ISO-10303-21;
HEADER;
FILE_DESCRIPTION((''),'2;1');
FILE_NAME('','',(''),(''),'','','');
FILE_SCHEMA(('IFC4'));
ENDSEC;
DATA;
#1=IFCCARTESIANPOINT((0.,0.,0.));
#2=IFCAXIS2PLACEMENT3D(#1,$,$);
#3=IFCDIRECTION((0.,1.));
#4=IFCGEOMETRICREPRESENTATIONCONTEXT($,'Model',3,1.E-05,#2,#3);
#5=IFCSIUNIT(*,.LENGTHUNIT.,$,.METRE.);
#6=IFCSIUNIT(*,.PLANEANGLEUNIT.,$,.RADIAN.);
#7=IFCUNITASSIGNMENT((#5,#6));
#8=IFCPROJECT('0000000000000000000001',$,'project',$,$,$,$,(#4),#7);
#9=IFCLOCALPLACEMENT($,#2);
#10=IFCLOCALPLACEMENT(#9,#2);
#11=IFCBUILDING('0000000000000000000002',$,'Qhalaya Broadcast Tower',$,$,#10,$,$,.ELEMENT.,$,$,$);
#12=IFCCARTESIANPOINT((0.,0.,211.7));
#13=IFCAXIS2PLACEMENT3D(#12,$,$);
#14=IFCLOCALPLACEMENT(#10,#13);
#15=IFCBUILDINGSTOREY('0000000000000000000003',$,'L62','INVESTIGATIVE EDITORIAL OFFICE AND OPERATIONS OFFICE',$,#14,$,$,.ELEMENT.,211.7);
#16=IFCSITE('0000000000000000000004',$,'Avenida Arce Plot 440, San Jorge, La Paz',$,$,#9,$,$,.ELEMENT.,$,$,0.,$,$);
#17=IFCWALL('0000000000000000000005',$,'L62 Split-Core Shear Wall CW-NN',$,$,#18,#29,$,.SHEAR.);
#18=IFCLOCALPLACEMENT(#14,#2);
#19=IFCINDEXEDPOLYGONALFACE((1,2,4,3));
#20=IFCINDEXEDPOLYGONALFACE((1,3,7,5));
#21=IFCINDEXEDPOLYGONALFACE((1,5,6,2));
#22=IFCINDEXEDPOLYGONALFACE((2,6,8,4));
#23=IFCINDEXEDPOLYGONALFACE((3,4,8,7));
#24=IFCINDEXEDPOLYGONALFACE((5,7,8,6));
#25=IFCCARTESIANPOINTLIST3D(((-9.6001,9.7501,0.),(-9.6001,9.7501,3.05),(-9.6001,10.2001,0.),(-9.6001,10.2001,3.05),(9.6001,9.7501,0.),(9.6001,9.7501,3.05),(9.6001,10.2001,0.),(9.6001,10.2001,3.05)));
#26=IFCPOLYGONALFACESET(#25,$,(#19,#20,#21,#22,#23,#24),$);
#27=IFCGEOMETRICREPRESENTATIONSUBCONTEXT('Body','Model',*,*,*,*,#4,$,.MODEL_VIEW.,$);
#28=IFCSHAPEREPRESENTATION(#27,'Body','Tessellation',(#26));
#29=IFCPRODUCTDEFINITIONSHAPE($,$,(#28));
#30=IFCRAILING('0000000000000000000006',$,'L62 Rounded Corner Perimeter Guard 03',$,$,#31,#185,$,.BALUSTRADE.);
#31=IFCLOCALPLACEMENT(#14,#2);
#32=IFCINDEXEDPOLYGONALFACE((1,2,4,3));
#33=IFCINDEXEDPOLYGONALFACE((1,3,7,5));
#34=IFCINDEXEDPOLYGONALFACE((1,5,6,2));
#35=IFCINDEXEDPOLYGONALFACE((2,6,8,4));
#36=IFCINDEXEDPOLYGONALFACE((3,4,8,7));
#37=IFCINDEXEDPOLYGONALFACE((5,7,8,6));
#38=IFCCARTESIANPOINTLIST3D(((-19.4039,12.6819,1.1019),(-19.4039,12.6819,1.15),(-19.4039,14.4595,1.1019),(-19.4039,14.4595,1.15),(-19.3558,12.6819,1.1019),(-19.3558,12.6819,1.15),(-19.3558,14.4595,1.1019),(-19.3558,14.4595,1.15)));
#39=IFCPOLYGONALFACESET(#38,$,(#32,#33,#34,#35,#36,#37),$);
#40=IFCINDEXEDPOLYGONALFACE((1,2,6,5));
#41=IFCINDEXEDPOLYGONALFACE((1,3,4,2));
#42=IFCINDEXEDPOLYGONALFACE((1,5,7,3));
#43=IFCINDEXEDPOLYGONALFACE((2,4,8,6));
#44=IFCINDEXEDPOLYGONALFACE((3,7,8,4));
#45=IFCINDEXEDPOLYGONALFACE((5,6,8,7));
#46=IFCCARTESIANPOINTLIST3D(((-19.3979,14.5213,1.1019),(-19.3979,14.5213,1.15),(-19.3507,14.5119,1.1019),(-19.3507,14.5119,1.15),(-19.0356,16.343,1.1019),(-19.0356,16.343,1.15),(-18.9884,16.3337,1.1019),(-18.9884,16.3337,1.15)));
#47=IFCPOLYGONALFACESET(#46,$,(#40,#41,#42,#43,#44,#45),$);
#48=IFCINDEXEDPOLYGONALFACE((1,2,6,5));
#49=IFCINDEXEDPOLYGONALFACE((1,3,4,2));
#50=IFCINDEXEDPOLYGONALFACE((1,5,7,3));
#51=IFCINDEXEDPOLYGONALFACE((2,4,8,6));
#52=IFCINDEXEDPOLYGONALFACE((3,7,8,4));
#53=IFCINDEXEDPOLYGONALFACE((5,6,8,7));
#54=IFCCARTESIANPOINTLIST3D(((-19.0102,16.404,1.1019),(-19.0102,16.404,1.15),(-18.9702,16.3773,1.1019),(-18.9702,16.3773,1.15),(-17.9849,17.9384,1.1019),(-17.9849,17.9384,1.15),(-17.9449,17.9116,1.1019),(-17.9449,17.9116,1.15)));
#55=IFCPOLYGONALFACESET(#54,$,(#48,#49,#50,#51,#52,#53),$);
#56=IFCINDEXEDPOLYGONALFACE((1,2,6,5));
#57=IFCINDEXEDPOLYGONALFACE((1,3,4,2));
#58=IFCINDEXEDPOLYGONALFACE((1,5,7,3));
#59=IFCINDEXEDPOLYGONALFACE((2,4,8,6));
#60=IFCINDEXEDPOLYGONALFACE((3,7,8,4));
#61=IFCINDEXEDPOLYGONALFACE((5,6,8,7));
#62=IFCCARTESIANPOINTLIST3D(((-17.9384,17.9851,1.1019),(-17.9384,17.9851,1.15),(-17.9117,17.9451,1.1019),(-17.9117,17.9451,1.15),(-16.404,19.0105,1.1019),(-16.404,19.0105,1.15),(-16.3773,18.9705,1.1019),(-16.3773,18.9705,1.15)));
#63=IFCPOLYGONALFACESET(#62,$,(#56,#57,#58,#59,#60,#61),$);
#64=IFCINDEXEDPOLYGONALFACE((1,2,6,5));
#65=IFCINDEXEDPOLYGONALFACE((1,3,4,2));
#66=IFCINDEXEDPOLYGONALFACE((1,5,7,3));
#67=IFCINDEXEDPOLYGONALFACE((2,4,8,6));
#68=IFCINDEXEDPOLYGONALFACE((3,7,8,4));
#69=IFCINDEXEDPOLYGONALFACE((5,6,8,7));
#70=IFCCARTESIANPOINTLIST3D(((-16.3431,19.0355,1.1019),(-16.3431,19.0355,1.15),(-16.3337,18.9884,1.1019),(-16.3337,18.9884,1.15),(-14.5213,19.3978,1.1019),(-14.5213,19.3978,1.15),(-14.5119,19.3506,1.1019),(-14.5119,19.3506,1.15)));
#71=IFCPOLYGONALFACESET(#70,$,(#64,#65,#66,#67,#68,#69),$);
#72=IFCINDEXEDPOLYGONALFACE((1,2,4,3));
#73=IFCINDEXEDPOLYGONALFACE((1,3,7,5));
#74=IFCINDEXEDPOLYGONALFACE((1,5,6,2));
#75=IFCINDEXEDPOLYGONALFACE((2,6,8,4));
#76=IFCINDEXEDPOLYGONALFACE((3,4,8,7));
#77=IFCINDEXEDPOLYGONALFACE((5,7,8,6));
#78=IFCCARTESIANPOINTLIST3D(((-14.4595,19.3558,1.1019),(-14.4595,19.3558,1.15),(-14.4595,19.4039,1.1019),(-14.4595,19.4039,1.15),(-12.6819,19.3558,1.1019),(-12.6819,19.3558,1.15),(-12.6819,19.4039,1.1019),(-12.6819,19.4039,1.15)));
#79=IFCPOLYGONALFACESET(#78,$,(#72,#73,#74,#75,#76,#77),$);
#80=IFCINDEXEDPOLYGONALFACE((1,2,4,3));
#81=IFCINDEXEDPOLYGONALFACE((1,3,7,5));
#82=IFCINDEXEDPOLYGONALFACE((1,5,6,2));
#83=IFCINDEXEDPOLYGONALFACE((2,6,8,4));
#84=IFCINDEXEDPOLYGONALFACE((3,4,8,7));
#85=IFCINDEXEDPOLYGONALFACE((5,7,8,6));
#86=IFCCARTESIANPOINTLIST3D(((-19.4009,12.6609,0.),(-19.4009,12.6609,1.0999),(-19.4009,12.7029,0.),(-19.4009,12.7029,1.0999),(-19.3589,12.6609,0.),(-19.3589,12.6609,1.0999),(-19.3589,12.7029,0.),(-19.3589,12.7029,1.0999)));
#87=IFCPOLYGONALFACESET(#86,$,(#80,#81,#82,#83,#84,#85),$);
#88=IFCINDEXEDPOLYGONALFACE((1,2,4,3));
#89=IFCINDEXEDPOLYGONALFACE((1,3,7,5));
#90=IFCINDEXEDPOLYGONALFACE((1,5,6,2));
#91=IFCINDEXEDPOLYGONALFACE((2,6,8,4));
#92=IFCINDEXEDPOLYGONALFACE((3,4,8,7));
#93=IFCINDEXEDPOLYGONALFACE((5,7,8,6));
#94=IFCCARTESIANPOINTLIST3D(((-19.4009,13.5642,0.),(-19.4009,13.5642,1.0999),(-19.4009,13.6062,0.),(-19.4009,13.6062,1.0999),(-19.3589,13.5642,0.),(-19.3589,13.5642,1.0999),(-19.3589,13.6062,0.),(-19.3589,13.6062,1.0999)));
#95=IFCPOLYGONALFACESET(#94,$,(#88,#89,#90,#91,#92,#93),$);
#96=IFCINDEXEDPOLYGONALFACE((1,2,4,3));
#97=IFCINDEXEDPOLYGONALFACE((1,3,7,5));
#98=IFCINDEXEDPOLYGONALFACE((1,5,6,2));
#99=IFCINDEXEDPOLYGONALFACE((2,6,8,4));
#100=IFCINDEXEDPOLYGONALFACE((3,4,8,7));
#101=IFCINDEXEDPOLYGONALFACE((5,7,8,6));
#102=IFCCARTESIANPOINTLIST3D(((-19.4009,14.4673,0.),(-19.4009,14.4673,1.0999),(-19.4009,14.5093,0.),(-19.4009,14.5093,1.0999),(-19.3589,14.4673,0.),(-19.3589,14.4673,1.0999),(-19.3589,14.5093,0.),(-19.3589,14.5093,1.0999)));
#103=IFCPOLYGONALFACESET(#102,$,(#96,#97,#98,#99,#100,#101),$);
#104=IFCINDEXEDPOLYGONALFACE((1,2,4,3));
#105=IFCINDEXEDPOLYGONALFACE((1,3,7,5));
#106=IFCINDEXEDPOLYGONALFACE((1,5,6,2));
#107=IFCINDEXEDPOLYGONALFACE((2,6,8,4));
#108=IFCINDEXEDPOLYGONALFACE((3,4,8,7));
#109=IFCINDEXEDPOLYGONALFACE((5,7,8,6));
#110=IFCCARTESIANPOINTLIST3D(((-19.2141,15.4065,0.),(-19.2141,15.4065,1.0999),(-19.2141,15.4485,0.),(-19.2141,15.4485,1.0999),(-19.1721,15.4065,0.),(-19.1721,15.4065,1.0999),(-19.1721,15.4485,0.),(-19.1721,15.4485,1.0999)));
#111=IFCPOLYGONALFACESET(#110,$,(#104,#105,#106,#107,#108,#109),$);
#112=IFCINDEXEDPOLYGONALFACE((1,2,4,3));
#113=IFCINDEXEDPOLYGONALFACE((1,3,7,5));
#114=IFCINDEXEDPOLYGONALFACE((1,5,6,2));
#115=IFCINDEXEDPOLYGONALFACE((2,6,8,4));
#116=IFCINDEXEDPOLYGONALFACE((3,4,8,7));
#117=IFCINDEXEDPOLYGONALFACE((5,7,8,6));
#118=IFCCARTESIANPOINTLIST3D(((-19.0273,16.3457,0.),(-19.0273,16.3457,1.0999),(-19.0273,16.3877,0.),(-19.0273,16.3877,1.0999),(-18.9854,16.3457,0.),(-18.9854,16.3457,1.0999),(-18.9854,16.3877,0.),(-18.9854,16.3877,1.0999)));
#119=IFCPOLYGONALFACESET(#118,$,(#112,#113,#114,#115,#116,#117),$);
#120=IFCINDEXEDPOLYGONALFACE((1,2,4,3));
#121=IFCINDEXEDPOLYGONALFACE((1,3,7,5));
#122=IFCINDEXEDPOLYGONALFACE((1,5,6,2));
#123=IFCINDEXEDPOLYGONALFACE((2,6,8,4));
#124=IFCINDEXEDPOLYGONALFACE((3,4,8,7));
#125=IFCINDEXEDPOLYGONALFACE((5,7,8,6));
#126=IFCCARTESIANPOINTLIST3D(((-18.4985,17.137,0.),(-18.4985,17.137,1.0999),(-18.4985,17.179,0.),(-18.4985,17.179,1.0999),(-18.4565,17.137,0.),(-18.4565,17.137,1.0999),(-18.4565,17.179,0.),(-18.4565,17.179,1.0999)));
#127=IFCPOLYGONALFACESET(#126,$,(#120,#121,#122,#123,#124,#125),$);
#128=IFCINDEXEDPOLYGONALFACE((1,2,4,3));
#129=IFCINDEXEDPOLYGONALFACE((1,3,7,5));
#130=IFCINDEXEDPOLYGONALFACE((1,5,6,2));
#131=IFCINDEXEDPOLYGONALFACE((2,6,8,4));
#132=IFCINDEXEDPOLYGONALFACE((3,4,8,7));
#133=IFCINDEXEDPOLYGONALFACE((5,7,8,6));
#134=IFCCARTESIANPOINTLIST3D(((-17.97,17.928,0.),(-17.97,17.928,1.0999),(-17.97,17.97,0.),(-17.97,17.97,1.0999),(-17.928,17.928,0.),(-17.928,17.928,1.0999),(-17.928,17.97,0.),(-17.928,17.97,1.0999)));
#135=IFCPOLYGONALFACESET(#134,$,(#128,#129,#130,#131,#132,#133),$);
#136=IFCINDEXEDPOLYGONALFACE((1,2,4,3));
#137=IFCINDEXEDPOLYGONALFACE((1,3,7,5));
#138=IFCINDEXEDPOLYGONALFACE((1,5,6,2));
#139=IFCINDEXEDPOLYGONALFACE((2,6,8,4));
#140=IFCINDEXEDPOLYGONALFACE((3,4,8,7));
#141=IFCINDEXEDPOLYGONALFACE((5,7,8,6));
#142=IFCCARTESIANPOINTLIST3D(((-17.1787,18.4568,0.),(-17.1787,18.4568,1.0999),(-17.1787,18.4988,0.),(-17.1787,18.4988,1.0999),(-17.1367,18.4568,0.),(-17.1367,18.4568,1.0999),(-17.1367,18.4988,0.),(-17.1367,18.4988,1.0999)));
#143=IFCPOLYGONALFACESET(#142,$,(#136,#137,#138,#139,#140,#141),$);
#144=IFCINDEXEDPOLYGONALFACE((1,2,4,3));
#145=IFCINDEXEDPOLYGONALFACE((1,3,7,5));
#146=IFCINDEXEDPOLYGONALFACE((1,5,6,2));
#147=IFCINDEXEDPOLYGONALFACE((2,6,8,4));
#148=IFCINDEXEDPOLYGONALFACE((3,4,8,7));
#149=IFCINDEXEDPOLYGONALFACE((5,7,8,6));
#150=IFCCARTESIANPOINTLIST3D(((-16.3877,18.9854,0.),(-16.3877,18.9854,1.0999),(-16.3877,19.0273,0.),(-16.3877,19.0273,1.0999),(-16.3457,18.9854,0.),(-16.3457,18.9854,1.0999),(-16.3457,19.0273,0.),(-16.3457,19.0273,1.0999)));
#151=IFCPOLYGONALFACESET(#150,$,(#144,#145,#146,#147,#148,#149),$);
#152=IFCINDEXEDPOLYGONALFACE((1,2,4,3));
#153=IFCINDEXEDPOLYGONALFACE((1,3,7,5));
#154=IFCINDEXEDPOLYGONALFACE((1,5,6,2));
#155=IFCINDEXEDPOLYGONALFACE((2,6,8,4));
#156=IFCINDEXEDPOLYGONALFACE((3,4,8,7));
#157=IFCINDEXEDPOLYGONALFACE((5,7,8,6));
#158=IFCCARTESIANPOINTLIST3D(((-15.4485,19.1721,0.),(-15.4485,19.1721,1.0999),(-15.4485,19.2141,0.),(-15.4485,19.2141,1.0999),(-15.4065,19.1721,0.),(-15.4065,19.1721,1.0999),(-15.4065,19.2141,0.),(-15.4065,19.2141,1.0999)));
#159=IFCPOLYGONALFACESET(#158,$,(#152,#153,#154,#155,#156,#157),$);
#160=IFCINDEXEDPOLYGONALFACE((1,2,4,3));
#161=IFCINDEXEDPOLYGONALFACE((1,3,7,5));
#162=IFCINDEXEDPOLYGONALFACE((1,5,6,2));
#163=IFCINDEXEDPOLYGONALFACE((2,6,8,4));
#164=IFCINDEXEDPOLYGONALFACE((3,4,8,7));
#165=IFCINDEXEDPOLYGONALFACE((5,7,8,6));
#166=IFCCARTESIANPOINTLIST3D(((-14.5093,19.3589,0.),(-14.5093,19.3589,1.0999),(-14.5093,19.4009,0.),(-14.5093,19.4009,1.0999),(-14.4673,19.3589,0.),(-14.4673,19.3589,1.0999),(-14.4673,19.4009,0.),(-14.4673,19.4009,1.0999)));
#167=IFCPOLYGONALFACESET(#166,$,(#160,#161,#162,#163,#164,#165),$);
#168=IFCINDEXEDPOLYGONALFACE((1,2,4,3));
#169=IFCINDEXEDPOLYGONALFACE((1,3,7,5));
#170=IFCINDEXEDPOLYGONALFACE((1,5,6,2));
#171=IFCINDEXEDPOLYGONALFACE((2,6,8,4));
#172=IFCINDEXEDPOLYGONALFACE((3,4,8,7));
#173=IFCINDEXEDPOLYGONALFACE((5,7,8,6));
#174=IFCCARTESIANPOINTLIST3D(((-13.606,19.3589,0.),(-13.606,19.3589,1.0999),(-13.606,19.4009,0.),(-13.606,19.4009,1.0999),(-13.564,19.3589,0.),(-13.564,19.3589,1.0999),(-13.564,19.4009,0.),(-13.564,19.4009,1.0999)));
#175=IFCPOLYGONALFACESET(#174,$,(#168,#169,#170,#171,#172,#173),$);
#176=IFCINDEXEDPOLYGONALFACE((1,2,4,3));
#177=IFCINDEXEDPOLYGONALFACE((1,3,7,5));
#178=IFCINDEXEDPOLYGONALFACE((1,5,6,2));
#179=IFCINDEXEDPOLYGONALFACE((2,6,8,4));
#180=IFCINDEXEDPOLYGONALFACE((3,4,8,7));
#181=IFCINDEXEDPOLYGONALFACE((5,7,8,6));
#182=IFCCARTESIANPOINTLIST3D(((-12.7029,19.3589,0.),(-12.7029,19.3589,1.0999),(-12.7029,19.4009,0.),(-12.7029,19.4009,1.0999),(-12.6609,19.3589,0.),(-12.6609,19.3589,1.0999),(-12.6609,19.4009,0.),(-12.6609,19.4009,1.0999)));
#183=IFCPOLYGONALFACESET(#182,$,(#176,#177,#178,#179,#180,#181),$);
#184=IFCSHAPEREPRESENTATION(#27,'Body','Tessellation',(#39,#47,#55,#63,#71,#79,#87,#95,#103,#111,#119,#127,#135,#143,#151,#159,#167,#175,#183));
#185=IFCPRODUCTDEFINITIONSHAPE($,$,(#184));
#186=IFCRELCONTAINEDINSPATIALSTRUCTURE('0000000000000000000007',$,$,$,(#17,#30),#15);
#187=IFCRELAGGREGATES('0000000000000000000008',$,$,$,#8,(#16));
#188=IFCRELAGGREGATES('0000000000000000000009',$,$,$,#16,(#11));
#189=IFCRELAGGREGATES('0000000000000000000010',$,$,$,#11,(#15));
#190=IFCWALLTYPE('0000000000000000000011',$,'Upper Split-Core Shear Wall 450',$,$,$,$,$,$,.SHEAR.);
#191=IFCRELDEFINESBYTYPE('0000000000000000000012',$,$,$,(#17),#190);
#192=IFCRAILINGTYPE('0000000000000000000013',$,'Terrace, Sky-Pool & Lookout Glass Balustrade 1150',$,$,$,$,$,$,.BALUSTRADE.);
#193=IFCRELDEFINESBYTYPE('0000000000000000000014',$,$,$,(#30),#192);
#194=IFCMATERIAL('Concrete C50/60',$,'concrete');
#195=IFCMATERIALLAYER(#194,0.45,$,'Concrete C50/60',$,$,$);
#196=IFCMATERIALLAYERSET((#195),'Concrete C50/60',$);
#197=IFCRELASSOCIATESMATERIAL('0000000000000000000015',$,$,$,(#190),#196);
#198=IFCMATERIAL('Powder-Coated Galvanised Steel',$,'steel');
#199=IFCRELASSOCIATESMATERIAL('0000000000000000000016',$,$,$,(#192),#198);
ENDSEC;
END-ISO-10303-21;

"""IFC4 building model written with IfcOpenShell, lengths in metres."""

from ifc_helpers import new_model, si_unit, direction, frame, frame_2d, origin, origin_2d, place, context, subcontext, project, spatial, rectangle, extrude, material, layer, layer_set, type_object, element, save


model = new_model("IFC4")

# Units and contexts
model_context = context("Model", 3, precision=1e-05, world=origin(), true_north=direction((0.0, 1.0)))
body_context = subcontext(model_context, "Body", "Model", "MODEL_VIEW")
ifc_project = project(units=[si_unit("LENGTHUNIT", "METRE"), si_unit("PLANEANGLEUNIT", "RADIAN")], contexts=[model_context])

# Site, building, storey
site_placement = place(None, origin())
site = spatial("IfcSite", under=ifc_project, at=site_placement, Name="Avenida Arce Plot 440, San Jorge, La Paz", CompositionType="ELEMENT", RefElevation=0.0)
building_placement = place(site_placement, origin())
building = spatial("IfcBuilding", under=site, at=building_placement, Name="Qhalaya Broadcast Tower", CompositionType="ELEMENT")
storey_placement = place(building_placement, frame((0.0, 0.0, 211.7)))
storey = spatial("IfcBuildingStorey", under=building, at=storey_placement, Name="L62", Description="INVESTIGATIVE EDITORIAL OFFICE AND OPERATIONS OFFICE", CompositionType="ELEMENT", Elevation=211.7)

# Shared definitions
ifc_material_1 = material(Name="Concrete C50/60", Category="concrete")

# Wall
ifc_layer_1 = layer(ifc_material_1, 0.45, Name="Concrete C50/60")
ifc_layer_set_1 = layer_set([ifc_layer_1], Name="Concrete C50/60")
wall_type_1 = type_object("IfcWallType", Name="Upper Split-Core Shear Wall 450", PredefinedType="SHEAR", material=ifc_layer_set_1)
wall_1_placement = place(storey_placement, frame((-9.6001, 9.9751, 0.0), z_axis=(0.0, 0.0, 1.0), x_axis=(1.0, 0.0, 0.0)))
element("IfcWall", 1, at=wall_1_placement, inside=storey, type_object=wall_type_1, Name="L62 Split-Core Shear Wall CW-NN", PredefinedType="SHEAR", context=body_context, shape_type="SweptSolid", body=[
    extrude(rectangle(XDim=19.2002, YDim=0.45, at=frame_2d((9.6001, 0.0))), origin(), (0.0, 0.0, 1.0), 3.05),
])

# Railing
ifc_material_2 = material(Name="Powder-Coated Galvanised Steel", Category="steel")
railing_type = type_object("IfcRailingType", Name="Terrace, Sky-Pool & Lookout Glass Balustrade 1150", PredefinedType="BALUSTRADE", material=ifc_material_2)
railing_placement = place(storey_placement, frame((-19.3799, 12.6819, 0.0)))
element("IfcRailing", 2, at=railing_placement, inside=storey, type_object=railing_type, Name="L62 Rounded Corner Perimeter Guard 03", PredefinedType="BALUSTRADE", context=body_context, shape_type="SweptSolid", body=[
    extrude(rectangle(XDim=0.0481, YDim=0.0481, at=origin_2d()), frame((0.0, 0.0, 1.126), z_axis=(0.0, 1.0, 0.0), x_axis=(-1.0, 0.0, 0.0)), (0.0, 0.0, 1.0), 1.7776),
    extrude(rectangle(XDim=0.0481, YDim=0.0481, at=origin_2d()), frame((0.0056, 1.8347, 1.126), z_axis=(0.195037, 0.980796, 0.0), x_axis=(-0.980796, 0.195037, 0.0)), (0.0, 0.0, 1.0), 1.8574),
    extrude(rectangle(XDim=0.0481, YDim=0.0481, at=origin_2d()), frame((0.3896, 3.7087, 1.126), z_axis=(0.555618, 0.831438, 0.0), x_axis=(-0.831438, 0.555618, 0.0)), (0.0, 0.0, 1.0), 1.8455),
    extrude(rectangle(XDim=0.0481, YDim=0.0481, at=origin_2d()), frame((1.4548, 5.2832, 1.126), z_axis=(0.831438, 0.555618, 0.0), x_axis=(-0.555618, 0.831438, 0.0)), (0.0, 0.0, 1.0), 1.8455),
    extrude(rectangle(XDim=0.0481, YDim=0.0481, at=origin_2d()), frame((3.0415, 6.3301, 1.126), z_axis=(0.980796, 0.195037, 0.0), x_axis=(-0.195037, 0.980796, 0.0)), (0.0, 0.0, 1.0), 1.8574),
    extrude(rectangle(XDim=0.0481, YDim=0.0481, at=origin_2d()), frame((4.9204, 6.698, 1.126), z_axis=(1.0, 0.0, 0.0), x_axis=(0.0, 1.0, 0.0)), (0.0, 0.0, 1.0), 1.7776),
    extrude(rectangle(XDim=0.042, YDim=0.042, at=origin_2d()), origin(), (0.0, 0.0, 1.0), 1.0999),
    extrude(rectangle(XDim=0.042, YDim=0.042, at=origin_2d()), frame((0.0, 0.9033, 0.0)), (0.0, 0.0, 1.0), 1.0999),
    extrude(rectangle(XDim=0.042, YDim=0.042, at=origin_2d()), frame((0.0, 1.8064, 0.0)), (0.0, 0.0, 1.0), 1.0999),
    extrude(rectangle(XDim=0.042, YDim=0.042, at=origin_2d()), frame((0.1868, 2.7456, 0.0)), (0.0, 0.0, 1.0), 1.0999),
    extrude(rectangle(XDim=0.042, YDim=0.042, at=origin_2d()), frame((0.3735, 3.6848, 0.0)), (0.0, 0.0, 1.0), 1.0999),
    extrude(rectangle(XDim=0.042, YDim=0.042, at=origin_2d()), frame((0.9023, 4.4761, 0.0)), (0.0, 0.0, 1.0), 1.0999),
    extrude(rectangle(XDim=0.042, YDim=0.042, at=origin_2d()), frame((1.4309, 5.2671, 0.0)), (0.0, 0.0, 1.0), 1.0999),
    extrude(rectangle(XDim=0.042, YDim=0.042, at=origin_2d()), frame((2.2222, 5.7959, 0.0)), (0.0, 0.0, 1.0), 1.0999),
    extrude(rectangle(XDim=0.042, YDim=0.042, at=origin_2d()), frame((3.0132, 6.3245, 0.0)), (0.0, 0.0, 1.0), 1.0999),
    extrude(rectangle(XDim=0.042, YDim=0.042, at=origin_2d()), frame((3.9524, 6.5112, 0.0)), (0.0, 0.0, 1.0), 1.0999),
    extrude(rectangle(XDim=0.042, YDim=0.042, at=origin_2d()), frame((4.8916, 6.698, 0.0)), (0.0, 0.0, 1.0), 1.0999),
    extrude(rectangle(XDim=0.042, YDim=0.042, at=origin_2d()), frame((5.7949, 6.698, 0.0)), (0.0, 0.0, 1.0), 1.0999),
    extrude(rectangle(XDim=0.042, YDim=0.042, at=origin_2d()), frame((6.698, 6.698, 0.0)), (0.0, 0.0, 1.0), 1.0999),
])

save(model, "model.ifc")
